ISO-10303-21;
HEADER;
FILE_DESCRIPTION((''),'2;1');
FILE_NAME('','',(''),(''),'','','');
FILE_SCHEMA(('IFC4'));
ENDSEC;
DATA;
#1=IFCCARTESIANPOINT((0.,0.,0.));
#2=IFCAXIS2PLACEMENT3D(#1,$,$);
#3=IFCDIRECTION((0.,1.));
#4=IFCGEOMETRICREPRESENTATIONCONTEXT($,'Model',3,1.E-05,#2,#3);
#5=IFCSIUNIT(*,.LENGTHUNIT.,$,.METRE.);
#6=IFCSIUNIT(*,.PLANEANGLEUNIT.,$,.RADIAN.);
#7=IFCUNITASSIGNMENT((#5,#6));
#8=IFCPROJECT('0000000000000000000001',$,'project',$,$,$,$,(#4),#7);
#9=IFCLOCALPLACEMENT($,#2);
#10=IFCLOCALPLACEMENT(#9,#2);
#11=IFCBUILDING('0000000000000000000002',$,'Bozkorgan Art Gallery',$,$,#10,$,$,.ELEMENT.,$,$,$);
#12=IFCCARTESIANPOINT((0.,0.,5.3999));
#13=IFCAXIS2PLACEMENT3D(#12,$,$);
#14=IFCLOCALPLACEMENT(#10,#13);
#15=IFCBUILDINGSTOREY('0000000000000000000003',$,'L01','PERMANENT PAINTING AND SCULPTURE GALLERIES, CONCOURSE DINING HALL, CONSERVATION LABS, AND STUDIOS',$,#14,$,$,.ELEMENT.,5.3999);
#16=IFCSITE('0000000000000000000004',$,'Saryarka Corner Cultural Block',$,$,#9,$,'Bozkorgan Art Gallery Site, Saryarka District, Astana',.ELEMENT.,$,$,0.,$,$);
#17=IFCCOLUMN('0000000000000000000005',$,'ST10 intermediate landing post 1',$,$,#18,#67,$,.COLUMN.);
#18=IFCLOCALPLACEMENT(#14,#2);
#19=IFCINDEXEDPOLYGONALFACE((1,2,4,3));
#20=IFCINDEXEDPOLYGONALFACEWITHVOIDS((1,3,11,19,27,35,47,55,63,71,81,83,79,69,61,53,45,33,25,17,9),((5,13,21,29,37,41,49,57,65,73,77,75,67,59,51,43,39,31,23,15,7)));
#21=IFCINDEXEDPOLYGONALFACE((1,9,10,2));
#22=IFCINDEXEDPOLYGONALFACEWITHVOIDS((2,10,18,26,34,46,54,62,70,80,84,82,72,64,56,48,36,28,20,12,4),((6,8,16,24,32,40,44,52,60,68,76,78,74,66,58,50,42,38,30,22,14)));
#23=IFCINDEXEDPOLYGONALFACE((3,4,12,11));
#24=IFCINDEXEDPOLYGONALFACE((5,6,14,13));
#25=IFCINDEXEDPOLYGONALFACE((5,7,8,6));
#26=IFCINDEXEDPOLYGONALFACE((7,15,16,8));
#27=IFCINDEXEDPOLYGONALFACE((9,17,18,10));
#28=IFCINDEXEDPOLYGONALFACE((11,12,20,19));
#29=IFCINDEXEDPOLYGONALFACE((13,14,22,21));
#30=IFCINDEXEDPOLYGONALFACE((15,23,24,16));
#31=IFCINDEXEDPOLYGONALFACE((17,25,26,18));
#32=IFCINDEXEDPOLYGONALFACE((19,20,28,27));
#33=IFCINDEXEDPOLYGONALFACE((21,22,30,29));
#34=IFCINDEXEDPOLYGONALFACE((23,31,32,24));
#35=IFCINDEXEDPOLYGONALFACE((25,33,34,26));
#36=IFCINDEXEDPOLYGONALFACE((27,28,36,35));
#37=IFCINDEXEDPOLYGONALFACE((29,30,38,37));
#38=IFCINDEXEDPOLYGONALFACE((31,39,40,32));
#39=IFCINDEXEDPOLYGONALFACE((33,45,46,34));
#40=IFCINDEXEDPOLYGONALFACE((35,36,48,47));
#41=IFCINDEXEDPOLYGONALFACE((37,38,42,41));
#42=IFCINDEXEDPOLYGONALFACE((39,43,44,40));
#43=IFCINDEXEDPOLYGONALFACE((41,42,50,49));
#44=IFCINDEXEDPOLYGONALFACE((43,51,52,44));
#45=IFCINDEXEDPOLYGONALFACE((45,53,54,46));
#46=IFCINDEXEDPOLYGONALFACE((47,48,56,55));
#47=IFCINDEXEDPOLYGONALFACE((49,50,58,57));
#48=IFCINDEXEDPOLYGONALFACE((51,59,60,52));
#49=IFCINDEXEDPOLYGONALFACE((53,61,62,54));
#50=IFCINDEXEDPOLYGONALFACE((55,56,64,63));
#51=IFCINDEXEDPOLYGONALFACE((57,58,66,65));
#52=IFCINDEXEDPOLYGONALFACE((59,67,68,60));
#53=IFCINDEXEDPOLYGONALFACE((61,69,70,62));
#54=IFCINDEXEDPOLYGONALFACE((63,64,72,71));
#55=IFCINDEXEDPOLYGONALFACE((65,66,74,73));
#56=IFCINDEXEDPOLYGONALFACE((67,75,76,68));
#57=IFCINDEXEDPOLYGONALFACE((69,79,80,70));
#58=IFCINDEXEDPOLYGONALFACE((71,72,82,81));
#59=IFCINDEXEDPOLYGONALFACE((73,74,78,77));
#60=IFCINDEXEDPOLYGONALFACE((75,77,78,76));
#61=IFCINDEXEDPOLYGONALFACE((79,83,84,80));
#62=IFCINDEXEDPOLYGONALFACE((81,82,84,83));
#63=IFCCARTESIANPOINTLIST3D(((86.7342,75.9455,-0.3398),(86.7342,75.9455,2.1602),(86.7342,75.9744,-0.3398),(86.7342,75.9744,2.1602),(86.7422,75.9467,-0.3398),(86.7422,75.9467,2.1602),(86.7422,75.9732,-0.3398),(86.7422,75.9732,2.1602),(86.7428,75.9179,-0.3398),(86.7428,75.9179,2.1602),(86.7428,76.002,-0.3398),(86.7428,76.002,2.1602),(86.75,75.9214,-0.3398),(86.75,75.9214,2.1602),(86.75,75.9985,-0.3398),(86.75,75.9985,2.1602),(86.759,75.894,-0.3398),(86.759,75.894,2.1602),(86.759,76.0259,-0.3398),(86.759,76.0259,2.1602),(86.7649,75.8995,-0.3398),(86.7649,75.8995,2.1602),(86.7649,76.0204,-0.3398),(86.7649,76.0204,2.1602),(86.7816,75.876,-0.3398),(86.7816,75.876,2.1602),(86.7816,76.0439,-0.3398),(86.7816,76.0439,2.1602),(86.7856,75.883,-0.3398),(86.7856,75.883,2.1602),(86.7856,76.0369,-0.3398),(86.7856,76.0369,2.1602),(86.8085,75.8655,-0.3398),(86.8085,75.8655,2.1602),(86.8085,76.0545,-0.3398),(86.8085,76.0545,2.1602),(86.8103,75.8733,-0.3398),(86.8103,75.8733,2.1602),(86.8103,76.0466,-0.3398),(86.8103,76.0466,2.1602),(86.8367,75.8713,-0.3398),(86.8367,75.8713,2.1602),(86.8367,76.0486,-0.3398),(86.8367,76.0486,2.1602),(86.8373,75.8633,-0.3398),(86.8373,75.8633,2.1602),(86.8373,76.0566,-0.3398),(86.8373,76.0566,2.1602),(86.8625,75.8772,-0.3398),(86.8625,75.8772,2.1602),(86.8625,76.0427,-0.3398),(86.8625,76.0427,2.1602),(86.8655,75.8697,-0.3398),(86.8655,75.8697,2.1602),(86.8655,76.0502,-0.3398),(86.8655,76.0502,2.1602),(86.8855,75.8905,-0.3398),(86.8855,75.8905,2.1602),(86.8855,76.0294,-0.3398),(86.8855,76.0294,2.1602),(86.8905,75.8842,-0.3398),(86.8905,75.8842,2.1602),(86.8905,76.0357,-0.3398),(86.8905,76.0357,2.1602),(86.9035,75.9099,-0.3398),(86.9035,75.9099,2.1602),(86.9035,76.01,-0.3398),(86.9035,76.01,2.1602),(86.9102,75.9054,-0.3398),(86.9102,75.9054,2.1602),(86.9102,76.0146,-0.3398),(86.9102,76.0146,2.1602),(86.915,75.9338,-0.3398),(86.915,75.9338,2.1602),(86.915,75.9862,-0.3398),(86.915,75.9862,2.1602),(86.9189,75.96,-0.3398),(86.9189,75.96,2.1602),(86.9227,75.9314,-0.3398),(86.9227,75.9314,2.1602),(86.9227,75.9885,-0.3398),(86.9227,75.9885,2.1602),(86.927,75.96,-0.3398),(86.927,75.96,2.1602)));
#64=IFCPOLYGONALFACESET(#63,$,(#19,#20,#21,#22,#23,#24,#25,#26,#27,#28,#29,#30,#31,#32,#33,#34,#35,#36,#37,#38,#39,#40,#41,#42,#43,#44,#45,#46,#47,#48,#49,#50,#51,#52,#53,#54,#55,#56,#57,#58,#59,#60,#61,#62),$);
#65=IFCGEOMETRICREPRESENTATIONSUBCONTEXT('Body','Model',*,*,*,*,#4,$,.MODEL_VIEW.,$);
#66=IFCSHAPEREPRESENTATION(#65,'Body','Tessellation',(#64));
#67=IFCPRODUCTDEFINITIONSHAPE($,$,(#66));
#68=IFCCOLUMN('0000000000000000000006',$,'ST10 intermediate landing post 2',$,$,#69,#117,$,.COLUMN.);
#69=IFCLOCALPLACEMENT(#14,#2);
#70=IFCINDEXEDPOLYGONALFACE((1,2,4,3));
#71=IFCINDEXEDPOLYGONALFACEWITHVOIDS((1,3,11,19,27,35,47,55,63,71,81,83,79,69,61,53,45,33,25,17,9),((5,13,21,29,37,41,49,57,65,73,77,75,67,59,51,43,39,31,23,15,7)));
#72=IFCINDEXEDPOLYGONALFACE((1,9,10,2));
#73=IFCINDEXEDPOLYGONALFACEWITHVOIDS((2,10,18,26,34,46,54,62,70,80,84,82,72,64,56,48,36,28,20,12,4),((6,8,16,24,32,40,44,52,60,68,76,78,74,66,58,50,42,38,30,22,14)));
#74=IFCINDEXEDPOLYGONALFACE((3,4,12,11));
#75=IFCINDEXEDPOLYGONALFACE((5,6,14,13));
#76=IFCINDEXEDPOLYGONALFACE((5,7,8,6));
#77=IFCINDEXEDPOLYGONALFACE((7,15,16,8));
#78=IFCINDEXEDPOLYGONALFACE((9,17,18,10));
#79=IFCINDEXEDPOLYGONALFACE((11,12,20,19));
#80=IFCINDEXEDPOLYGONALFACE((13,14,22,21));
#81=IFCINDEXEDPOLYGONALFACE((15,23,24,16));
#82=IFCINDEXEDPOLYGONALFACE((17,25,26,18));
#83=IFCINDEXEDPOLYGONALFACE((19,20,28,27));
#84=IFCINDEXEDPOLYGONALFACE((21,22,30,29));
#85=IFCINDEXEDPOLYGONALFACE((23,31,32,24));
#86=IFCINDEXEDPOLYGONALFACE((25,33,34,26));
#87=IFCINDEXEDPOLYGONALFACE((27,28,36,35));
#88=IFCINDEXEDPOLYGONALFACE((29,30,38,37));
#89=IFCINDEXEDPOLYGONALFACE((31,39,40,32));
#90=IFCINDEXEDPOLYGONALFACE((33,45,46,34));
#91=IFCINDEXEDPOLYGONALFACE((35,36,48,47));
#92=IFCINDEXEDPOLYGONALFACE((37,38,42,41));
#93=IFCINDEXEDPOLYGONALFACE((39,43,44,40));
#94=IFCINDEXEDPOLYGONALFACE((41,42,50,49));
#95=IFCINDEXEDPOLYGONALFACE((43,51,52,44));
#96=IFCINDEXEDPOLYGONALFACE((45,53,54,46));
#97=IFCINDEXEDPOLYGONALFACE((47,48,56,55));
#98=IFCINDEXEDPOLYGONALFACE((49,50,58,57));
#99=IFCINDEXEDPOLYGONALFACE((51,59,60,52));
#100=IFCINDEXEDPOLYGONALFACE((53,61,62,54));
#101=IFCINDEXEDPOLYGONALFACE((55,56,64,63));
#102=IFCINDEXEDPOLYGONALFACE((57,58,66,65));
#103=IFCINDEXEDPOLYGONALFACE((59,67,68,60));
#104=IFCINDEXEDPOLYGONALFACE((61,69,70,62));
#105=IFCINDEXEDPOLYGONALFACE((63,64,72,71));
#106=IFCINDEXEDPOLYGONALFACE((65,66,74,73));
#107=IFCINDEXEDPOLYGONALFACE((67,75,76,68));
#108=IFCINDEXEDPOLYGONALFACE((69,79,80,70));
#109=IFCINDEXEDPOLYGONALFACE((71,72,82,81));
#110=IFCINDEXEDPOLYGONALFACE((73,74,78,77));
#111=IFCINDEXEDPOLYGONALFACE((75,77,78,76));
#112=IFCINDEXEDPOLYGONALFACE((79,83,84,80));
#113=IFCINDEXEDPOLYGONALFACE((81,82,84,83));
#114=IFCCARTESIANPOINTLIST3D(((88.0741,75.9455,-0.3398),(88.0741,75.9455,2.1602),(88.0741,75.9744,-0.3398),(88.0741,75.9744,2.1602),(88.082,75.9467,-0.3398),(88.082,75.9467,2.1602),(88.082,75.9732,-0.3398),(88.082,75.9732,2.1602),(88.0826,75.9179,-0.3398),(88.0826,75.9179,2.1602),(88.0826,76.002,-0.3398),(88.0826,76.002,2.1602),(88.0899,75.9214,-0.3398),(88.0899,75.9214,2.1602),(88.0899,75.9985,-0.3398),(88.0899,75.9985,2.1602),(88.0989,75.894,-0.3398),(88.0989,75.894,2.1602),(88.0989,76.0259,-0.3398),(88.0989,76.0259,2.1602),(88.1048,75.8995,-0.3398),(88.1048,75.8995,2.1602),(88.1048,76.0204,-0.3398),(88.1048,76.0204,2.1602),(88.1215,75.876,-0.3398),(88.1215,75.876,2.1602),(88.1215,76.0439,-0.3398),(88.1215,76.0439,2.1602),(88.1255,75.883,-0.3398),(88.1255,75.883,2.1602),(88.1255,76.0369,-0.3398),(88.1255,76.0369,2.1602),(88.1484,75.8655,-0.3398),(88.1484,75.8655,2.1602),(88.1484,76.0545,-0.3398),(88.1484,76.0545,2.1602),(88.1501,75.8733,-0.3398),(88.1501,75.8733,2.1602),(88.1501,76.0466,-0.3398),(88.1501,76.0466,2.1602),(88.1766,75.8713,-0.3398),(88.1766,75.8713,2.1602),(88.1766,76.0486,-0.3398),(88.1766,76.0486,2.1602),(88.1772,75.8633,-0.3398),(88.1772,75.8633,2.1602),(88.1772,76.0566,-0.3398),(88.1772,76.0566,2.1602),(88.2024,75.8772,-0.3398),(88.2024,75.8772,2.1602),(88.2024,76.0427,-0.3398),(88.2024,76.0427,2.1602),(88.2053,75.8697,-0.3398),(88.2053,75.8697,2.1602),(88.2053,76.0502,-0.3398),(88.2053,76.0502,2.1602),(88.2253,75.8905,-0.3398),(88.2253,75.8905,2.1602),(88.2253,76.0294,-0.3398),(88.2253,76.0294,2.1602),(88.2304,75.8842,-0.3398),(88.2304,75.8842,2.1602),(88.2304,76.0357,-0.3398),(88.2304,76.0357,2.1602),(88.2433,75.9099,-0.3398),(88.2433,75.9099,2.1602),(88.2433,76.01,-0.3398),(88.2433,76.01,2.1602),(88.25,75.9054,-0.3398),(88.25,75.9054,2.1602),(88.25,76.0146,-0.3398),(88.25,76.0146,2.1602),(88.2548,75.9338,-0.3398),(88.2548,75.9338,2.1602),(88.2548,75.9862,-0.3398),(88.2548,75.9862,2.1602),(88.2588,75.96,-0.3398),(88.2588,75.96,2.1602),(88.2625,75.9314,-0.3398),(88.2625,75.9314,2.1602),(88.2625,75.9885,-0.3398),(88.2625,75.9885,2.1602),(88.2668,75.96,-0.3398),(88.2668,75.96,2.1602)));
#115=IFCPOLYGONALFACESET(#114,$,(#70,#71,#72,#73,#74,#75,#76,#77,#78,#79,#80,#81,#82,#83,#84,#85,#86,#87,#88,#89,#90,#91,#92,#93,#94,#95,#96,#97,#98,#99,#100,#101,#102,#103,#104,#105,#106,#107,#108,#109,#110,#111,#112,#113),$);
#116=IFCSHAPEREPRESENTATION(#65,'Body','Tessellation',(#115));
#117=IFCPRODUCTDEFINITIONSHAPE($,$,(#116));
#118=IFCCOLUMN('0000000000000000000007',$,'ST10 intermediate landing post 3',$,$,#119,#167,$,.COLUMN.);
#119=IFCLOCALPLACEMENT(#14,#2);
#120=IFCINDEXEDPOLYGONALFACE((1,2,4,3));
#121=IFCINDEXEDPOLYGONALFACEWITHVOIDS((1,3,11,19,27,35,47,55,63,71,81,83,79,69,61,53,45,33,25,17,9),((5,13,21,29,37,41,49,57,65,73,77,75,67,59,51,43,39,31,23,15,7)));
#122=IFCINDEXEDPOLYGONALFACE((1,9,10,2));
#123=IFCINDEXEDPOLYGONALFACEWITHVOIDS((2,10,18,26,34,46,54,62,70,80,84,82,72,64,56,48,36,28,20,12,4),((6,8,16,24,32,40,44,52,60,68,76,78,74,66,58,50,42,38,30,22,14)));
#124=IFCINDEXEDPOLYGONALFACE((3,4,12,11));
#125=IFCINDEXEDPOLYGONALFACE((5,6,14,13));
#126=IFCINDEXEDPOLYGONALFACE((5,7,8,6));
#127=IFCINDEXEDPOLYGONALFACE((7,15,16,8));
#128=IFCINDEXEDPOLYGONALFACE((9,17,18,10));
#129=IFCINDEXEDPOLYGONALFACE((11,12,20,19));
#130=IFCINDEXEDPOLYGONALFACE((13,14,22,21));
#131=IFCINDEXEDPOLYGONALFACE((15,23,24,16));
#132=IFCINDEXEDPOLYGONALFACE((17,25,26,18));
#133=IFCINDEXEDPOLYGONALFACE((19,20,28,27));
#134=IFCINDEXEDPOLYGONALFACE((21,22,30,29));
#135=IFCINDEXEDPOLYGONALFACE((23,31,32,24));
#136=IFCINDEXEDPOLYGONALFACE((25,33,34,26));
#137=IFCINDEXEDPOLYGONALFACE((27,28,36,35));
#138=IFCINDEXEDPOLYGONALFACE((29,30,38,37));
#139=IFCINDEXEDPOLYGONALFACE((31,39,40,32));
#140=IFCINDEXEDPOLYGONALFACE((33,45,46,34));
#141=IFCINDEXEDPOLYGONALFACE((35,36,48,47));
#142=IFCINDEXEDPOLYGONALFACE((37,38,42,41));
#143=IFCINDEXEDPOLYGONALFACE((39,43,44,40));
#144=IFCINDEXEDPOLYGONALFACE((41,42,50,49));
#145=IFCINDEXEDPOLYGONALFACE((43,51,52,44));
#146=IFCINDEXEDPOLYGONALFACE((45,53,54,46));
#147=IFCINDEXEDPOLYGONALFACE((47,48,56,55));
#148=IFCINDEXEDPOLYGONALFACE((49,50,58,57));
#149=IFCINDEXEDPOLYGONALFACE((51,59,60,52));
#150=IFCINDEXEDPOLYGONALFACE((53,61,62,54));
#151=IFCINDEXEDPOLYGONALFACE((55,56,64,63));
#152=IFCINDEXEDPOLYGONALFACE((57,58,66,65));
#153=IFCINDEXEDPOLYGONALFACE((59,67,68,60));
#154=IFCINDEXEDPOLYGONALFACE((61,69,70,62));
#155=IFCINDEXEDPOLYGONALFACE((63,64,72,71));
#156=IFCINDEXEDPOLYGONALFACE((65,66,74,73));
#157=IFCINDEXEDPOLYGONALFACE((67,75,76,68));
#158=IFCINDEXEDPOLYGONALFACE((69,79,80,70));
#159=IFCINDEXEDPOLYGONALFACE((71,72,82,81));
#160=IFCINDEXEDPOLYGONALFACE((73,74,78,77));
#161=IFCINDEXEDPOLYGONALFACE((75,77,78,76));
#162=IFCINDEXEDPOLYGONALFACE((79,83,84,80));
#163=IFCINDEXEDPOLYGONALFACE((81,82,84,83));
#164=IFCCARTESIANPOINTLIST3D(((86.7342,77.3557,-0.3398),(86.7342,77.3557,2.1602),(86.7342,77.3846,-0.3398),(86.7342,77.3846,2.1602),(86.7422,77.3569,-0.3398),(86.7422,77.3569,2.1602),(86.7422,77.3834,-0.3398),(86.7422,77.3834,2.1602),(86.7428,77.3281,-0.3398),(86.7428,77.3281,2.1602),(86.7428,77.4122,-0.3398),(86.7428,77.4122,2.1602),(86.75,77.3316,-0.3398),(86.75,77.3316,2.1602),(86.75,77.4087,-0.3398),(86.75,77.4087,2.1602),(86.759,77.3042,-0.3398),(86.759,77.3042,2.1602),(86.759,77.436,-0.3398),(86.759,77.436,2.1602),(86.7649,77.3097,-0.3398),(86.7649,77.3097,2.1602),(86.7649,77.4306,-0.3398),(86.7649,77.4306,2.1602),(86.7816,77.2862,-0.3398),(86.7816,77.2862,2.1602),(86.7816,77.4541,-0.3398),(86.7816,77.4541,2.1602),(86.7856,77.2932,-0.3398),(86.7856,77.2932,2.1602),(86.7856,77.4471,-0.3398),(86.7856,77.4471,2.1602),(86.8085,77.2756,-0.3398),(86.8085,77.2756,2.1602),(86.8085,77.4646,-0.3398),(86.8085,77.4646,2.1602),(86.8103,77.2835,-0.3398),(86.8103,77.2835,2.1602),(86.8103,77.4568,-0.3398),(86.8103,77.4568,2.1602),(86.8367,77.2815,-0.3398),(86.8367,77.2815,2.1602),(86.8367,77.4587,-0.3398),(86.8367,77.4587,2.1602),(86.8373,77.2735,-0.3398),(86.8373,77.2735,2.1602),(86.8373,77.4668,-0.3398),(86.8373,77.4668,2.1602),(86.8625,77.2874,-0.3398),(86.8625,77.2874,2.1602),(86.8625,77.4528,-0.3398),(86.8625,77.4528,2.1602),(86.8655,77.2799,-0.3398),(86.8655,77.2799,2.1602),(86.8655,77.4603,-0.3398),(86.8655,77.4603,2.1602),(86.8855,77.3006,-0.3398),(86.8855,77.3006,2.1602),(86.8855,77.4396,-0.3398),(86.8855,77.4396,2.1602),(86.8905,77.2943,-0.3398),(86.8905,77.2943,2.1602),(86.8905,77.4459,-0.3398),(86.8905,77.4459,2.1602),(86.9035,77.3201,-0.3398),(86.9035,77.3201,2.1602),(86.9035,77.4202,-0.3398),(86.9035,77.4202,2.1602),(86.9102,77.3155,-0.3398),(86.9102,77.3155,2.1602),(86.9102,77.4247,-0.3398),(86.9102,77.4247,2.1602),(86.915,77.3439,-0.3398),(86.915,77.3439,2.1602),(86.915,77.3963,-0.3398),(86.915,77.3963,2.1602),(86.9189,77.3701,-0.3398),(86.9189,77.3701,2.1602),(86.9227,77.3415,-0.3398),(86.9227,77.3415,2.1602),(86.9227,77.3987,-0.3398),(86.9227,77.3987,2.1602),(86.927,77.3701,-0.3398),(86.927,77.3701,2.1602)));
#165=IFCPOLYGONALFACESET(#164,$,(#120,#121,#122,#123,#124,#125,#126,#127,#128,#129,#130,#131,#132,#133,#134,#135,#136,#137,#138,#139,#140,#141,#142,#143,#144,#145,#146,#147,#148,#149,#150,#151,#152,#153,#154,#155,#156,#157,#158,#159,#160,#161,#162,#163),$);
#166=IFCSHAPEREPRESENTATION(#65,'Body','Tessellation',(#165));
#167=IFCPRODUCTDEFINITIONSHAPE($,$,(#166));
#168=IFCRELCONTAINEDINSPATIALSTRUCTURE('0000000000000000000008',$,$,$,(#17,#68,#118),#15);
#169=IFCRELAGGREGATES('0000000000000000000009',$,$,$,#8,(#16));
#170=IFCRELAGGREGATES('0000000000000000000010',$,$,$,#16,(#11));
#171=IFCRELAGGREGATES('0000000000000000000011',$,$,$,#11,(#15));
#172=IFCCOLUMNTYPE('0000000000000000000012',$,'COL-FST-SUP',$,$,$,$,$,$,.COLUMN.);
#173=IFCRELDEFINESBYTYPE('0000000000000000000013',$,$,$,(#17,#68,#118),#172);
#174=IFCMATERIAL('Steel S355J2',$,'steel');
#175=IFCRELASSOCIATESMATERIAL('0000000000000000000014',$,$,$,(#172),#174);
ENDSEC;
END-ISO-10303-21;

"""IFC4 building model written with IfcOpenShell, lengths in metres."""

from ifc_helpers import new_model, si_unit, direction, frame, origin, origin_2d, place, context, subcontext, project, spatial, hollow_circle, extrude, material, material_profile, profile_set, type_object, element, save


model = new_model("IFC4")

# Units and contexts
model_context = context("Model", 3, precision=1e-05, world=origin(), true_north=direction((0.0, 1.0)))
body_context = subcontext(model_context, "Body", "Model", "MODEL_VIEW")
ifc_project = project(units=[si_unit("LENGTHUNIT", "METRE"), si_unit("PLANEANGLEUNIT", "RADIAN")], contexts=[model_context])

# Site, building, storey
site_placement = place(None, origin())
site = spatial("IfcSite", under=ifc_project, at=site_placement, Name="Saryarka Corner Cultural Block", LongName="Bozkorgan Art Gallery Site, Saryarka District, Astana", CompositionType="ELEMENT", RefElevation=0.0)
building_placement = place(site_placement, origin())
building = spatial("IfcBuilding", under=site, at=building_placement, Name="Bozkorgan Art Gallery", CompositionType="ELEMENT")
storey_placement = place(building_placement, frame((0.0, 0.0, 5.3999)))
storey = spatial("IfcBuildingStorey", under=building, at=storey_placement, Name="L01", Description="PERMANENT PAINTING AND SCULPTURE GALLERIES, CONCOURSE DINING HALL, CONSERVATION LABS, AND STUDIOS", CompositionType="ELEMENT", Elevation=5.3999)

# Columns
ifc_material_1 = material(Name="Steel S355J2", Category="steel")
ifc_material_profile_1 = material_profile(ifc_material_1, hollow_circle(Radius=0.0969, WallThickness=0.0081, at=origin_2d()), Name="CHS 193.7x8")
ifc_profile_set_1 = profile_set([ifc_material_profile_1], Name="Steel S355J2")
column_type_1 = type_object("IfcColumnType", Name="COL-FST-SUP", PredefinedType="COLUMN", material=ifc_profile_set_1)
for number, where, z_axis, x_axis, name in (
    (1, (86.8301, 75.96, -0.3398), (0.0, 0.0, 1.0), (1.0, 0.0, 0.0), "ST10 intermediate landing post 1"),
    (2, (88.1699, 75.96, -0.3398), (0.0, 0.0, 1.0), (1.0, 0.0, 0.0), "ST10 intermediate landing post 2"),
    (3, (86.8301, 77.3701, -0.3398), (0.0, 0.0, 1.0), (1.0, 0.0, 0.0), "ST10 intermediate landing post 3"),
):
    element("IfcColumn", number, at=place(storey_placement, frame(where, z_axis=z_axis, x_axis=x_axis)), inside=storey, type_object=column_type_1, Name=name, PredefinedType="COLUMN", context=body_context, shape_type="SweptSolid", body=[
        extrude(hollow_circle(Radius=0.0969, WallThickness=0.0081, at=origin_2d()), origin(), (0.0, 0.0, 1.0), 2.5),
    ])

save(model, "model.ifc")
